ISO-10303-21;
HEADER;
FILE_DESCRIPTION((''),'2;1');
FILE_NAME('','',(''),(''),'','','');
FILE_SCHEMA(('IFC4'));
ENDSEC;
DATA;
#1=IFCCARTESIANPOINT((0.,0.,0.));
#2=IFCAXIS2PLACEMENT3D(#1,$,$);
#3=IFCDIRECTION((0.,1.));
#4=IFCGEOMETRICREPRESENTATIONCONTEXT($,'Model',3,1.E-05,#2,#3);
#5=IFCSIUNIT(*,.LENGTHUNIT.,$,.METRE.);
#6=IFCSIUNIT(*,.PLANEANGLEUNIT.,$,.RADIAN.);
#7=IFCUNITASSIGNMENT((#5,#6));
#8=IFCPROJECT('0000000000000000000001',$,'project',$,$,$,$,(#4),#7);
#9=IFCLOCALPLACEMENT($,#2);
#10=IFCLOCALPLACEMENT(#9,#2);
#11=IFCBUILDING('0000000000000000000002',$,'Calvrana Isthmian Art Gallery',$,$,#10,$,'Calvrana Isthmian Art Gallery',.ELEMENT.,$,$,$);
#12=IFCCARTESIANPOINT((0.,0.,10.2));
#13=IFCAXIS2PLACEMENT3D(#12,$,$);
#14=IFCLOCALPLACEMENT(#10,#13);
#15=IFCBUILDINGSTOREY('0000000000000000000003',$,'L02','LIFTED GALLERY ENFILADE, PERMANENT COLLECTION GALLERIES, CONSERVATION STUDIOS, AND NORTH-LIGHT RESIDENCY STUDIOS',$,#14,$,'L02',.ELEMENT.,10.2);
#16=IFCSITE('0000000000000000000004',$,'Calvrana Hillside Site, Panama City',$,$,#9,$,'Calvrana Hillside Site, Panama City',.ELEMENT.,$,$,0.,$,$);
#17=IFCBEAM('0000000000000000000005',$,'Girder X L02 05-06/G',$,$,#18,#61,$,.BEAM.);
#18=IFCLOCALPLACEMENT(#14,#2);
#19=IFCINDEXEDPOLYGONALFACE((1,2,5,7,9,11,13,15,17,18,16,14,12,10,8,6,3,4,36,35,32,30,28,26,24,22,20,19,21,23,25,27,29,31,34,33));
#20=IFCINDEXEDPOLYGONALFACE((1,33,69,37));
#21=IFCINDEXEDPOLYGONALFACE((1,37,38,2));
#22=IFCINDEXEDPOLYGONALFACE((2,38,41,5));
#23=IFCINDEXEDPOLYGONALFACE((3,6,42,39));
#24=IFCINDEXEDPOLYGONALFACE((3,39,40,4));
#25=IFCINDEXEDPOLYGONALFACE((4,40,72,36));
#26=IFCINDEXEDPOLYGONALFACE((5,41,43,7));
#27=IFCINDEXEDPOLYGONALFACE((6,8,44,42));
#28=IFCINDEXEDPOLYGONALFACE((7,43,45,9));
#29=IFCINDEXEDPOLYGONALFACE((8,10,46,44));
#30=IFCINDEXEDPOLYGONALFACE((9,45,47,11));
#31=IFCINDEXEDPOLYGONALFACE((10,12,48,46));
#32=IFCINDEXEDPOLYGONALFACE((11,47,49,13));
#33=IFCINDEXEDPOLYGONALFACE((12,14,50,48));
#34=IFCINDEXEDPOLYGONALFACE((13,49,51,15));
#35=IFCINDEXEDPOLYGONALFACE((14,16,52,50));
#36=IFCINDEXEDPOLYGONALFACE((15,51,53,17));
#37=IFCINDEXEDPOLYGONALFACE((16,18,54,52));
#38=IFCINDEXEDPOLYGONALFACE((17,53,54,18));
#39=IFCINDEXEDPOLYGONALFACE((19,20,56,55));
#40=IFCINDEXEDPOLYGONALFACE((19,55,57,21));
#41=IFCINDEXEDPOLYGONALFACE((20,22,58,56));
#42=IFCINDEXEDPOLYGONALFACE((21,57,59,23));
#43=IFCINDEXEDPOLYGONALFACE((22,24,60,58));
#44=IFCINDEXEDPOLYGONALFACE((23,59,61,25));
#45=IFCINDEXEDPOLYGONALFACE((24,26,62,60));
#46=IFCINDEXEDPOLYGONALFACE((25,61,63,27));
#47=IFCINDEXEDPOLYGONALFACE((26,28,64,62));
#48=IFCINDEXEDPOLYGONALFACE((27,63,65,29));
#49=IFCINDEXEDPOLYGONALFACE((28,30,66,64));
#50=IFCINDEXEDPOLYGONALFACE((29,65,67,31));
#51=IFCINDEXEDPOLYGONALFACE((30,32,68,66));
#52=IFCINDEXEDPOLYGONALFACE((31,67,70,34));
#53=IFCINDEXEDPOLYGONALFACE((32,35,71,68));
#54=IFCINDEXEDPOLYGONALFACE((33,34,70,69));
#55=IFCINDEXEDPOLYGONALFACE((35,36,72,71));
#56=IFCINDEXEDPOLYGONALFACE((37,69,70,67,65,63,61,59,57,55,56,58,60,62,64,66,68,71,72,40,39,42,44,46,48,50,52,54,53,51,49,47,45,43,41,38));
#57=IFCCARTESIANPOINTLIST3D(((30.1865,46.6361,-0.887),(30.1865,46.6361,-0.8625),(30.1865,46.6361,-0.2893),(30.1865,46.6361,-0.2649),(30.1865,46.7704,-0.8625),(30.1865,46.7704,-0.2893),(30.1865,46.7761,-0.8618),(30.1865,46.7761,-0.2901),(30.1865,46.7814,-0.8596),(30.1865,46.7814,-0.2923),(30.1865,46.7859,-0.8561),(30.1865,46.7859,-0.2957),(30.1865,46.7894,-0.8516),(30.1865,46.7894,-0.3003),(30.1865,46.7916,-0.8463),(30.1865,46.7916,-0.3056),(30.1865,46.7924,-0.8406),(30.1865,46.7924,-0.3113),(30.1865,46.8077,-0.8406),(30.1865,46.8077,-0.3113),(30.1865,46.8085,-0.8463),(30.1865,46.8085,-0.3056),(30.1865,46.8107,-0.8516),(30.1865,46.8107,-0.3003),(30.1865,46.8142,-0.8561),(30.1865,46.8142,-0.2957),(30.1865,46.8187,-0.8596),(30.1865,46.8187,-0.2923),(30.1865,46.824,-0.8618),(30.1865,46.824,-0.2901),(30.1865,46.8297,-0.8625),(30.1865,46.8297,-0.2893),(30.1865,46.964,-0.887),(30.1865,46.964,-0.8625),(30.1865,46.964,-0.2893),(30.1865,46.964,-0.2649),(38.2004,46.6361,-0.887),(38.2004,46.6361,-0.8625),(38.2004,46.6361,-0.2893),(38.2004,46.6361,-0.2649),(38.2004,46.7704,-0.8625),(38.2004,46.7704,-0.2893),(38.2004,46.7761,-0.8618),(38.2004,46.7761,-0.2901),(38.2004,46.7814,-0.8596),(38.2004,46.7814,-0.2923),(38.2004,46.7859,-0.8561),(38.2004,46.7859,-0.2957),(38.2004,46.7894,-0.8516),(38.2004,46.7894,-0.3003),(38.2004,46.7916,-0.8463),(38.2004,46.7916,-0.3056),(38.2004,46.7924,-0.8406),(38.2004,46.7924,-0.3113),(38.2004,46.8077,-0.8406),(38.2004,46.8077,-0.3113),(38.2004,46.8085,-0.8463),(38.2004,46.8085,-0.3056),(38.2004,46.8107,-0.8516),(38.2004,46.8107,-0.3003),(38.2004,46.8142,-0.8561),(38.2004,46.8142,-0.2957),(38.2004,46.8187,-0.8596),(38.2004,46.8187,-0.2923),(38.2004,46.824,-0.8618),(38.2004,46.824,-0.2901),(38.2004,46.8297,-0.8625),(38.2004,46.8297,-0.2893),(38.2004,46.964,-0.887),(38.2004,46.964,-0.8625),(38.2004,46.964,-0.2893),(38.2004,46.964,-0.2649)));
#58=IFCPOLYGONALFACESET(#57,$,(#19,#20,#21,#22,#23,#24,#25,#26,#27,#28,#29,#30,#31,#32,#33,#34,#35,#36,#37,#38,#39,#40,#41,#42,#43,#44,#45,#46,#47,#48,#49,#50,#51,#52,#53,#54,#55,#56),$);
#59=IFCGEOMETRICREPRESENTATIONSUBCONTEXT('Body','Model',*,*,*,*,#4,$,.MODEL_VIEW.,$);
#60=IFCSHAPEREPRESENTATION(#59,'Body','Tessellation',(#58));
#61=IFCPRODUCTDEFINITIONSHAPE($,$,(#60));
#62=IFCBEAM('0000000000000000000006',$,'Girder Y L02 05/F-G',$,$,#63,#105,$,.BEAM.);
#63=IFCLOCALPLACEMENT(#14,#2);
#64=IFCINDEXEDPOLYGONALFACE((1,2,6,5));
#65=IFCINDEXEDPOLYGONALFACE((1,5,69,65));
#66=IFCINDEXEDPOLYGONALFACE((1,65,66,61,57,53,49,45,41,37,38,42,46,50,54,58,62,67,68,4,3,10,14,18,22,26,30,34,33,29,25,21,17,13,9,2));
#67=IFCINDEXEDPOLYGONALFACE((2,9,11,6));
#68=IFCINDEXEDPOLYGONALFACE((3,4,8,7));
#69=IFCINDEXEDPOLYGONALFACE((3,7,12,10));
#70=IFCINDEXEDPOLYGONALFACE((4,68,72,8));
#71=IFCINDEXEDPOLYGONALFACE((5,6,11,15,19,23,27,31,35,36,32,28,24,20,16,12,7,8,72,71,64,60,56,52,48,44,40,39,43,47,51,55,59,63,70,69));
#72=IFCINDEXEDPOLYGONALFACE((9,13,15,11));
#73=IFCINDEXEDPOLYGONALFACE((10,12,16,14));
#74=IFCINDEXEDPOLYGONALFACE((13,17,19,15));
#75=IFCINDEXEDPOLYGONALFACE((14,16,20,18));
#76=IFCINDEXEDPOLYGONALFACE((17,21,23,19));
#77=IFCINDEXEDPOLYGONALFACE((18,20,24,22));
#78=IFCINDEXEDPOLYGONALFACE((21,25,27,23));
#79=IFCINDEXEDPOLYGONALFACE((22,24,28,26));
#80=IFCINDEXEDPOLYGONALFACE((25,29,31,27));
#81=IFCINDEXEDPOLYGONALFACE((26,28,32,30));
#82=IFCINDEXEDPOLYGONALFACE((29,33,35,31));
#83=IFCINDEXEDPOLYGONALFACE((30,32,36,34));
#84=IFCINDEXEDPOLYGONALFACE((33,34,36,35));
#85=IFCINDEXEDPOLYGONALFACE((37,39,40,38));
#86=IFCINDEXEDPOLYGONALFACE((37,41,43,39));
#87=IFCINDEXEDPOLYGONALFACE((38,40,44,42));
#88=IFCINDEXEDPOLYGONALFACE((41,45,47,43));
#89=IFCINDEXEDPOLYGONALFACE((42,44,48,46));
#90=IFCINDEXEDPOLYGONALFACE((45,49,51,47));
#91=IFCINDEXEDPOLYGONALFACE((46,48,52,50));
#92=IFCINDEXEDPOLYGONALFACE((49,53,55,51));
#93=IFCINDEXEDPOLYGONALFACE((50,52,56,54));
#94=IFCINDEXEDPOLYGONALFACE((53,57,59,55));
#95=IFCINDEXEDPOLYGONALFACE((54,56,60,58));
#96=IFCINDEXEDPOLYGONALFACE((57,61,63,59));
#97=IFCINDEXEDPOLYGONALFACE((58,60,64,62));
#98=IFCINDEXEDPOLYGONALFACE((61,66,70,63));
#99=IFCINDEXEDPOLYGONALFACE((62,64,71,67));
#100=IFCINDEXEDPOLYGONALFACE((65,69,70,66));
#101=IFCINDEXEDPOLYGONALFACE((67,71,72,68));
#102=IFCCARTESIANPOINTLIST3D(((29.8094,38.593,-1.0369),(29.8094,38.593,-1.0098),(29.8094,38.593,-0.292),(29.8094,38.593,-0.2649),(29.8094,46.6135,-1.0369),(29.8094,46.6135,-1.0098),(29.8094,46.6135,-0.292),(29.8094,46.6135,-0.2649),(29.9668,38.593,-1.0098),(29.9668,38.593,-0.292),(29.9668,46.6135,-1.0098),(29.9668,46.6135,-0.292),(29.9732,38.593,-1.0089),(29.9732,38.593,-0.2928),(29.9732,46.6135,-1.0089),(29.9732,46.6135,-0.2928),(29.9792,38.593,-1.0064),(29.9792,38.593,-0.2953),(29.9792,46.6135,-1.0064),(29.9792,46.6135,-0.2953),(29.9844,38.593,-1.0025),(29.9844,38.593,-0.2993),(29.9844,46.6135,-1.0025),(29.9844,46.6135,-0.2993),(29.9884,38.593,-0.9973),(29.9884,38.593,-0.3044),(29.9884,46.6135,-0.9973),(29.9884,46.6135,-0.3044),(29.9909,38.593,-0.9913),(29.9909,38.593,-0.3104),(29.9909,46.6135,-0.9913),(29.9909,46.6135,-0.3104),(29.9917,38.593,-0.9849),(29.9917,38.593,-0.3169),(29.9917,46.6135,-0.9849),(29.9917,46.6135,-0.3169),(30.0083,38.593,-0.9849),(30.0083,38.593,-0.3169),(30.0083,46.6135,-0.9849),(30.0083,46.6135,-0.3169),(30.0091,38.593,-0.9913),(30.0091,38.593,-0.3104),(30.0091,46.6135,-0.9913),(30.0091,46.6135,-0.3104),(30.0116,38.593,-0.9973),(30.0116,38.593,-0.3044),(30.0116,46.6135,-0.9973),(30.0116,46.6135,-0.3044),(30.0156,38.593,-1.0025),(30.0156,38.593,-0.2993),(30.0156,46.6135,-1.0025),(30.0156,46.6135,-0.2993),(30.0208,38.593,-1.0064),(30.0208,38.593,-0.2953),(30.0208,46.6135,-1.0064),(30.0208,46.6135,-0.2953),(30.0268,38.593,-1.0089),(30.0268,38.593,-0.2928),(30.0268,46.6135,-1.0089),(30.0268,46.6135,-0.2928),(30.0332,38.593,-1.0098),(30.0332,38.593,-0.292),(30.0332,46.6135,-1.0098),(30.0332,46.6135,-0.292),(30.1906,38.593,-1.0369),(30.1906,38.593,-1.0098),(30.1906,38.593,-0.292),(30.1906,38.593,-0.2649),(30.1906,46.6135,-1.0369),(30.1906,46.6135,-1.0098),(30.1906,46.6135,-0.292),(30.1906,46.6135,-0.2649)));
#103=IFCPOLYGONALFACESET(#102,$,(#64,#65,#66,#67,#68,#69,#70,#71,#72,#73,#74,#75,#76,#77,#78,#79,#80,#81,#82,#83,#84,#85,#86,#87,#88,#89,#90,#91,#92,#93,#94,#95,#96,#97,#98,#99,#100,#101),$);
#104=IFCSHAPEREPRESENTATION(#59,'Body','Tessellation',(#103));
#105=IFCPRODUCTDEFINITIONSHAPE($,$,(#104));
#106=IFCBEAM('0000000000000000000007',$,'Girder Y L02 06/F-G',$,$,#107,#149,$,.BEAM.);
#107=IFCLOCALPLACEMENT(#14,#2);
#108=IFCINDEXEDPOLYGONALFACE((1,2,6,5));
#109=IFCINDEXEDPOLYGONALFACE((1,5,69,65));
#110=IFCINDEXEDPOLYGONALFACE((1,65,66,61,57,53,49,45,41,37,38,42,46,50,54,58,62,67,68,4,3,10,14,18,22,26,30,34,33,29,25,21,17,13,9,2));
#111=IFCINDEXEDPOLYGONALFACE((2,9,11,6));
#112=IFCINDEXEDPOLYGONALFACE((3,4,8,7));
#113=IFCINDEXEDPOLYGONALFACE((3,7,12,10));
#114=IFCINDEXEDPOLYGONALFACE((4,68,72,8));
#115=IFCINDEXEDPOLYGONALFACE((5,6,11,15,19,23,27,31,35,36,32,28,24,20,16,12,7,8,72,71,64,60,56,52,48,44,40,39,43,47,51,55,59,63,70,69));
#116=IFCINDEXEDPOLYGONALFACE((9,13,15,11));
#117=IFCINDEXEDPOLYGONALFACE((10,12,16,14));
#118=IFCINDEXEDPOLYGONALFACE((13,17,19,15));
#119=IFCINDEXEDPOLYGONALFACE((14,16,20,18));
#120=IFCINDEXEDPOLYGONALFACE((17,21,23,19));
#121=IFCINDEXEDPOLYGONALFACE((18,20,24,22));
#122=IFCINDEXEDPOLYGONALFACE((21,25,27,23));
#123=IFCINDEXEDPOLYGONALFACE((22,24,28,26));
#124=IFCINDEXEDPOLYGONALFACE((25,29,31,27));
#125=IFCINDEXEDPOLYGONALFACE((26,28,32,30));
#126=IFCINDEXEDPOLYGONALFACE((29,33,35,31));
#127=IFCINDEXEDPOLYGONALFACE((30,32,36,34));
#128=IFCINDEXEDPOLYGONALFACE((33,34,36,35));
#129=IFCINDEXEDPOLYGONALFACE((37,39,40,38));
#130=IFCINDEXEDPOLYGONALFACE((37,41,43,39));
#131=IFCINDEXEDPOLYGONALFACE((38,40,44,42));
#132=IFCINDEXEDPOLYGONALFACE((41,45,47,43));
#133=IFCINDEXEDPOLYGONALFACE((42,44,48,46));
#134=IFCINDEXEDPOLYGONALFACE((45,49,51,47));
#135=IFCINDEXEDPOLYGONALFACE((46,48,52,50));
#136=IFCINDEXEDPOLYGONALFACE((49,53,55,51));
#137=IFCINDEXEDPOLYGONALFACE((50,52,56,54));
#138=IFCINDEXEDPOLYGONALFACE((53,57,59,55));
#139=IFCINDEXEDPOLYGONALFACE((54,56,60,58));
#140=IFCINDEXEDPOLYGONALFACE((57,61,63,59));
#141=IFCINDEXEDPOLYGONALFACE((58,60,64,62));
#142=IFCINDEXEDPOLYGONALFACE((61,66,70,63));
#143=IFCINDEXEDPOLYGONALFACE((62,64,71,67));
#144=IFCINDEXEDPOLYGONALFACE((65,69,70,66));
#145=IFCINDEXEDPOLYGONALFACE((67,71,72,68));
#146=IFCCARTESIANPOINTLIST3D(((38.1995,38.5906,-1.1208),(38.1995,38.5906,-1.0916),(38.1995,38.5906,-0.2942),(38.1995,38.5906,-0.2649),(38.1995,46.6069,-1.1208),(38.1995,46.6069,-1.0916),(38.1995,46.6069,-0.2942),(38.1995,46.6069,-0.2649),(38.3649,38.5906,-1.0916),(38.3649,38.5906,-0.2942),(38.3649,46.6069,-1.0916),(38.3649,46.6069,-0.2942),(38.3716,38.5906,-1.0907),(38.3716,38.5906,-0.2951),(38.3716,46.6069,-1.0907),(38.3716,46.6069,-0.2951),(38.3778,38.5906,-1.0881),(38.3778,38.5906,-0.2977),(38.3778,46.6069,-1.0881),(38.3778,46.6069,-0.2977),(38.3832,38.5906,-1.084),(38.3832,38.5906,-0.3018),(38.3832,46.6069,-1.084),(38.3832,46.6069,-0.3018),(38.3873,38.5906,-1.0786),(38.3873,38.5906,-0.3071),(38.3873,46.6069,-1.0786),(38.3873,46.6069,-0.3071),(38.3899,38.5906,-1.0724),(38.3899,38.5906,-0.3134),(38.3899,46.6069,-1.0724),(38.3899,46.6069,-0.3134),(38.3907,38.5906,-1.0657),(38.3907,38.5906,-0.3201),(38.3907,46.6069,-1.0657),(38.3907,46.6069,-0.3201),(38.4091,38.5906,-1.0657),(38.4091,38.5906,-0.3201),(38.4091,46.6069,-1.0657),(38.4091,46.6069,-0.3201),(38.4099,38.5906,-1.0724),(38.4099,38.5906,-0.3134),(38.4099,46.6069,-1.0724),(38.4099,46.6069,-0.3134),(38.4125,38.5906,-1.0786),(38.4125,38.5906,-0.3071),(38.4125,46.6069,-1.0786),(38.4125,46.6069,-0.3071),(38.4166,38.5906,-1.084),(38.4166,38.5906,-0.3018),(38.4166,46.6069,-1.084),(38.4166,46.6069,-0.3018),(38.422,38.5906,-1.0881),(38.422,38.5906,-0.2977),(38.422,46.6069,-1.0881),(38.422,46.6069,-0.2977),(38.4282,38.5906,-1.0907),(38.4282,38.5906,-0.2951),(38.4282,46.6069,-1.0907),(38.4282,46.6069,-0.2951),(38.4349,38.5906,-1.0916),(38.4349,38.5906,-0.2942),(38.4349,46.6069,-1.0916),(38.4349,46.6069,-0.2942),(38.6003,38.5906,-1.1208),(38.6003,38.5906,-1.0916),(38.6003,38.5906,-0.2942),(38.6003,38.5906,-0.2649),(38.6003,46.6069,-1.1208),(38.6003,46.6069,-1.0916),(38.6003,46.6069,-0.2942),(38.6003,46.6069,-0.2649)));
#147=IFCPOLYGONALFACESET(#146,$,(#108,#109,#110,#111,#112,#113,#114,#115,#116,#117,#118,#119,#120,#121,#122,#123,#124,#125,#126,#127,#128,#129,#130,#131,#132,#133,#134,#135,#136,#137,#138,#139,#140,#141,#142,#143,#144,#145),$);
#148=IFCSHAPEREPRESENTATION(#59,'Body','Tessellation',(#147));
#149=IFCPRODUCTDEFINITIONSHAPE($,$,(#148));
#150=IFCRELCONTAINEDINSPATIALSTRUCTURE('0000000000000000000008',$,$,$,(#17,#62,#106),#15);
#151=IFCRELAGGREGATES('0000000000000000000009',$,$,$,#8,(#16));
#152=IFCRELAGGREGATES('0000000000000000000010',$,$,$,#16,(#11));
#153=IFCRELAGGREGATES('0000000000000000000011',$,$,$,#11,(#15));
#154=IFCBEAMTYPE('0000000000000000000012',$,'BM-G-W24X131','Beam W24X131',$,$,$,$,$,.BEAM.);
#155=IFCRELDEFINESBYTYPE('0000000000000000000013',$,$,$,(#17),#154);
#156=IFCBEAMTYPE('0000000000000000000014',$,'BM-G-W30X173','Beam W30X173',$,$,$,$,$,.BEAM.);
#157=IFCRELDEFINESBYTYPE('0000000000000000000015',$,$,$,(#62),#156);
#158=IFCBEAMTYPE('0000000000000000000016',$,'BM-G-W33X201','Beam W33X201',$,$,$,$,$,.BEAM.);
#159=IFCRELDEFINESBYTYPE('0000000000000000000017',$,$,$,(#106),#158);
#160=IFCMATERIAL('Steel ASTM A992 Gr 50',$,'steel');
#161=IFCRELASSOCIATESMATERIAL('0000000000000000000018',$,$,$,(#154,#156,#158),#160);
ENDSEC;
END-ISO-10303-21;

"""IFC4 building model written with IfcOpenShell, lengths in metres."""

from ifc_helpers import new_model, si_unit, direction, frame, origin, origin_2d, place, context, subcontext, project, spatial, i_section, extrude, material, material_profile, profile_set, type_object, element, save


model = new_model("IFC4")

# Units and contexts
model_context = context("Model", 3, precision=1e-05, world=origin(), true_north=direction((0.0, 1.0)))
body_context = subcontext(model_context, "Body", "Model", "MODEL_VIEW")
ifc_project = project(units=[si_unit("LENGTHUNIT", "METRE"), si_unit("PLANEANGLEUNIT", "RADIAN")], contexts=[model_context])

# Site, building, storey
site_placement = place(None, origin())
site = spatial("IfcSite", under=ifc_project, at=site_placement, Name="Calvrana Hillside Site, Panama City", LongName="Calvrana Hillside Site, Panama City", CompositionType="ELEMENT", RefElevation=0.0)
building_placement = place(site_placement, origin())
building = spatial("IfcBuilding", under=site, at=building_placement, Name="Calvrana Isthmian Art Gallery", LongName="Calvrana Isthmian Art Gallery", CompositionType="ELEMENT")
storey_placement = place(building_placement, frame((0.0, 0.0, 10.2)))
storey = spatial("IfcBuildingStorey", under=building, at=storey_placement, Name="L02", Description="LIFTED GALLERY ENFILADE, PERMANENT COLLECTION GALLERIES, CONSERVATION STUDIOS, AND NORTH-LIGHT RESIDENCY STUDIOS", LongName="L02", CompositionType="ELEMENT", Elevation=10.2)

# Shared definitions
ifc_material_1 = material(Name="Steel ASTM A992 Gr 50", Category="steel")

# Beams
ifc_material_profile_1 = material_profile(ifc_material_1, i_section(OverallWidth=0.3279, OverallDepth=0.6221, WebThickness=0.0154, FlangeThickness=0.0244, FilletRadius=0.022, at=origin_2d()), Name="W24X131")
ifc_profile_set_1 = profile_set([ifc_material_profile_1], Name="Steel ASTM A992 Gr 50")
beam_type_1 = type_object("IfcBeamType", Name="BM-G-W24X131", Description="Beam W24X131", PredefinedType="BEAM", material=ifc_profile_set_1)
beam_1_placement = place(storey_placement, frame((30.1865, 46.8, -0.5759), z_axis=(1.0, 0.0, 0.0), x_axis=(0.0, 1.0, 0.0)))
element("IfcBeam", 1, at=beam_1_placement, inside=storey, type_object=beam_type_1, Name="Girder X L02 05-06/G", PredefinedType="BEAM", context=body_context, shape_type="SweptSolid", body=[
    extrude(i_section(OverallWidth=0.3279, OverallDepth=0.6221, WebThickness=0.0154, FlangeThickness=0.0244, FilletRadius=0.022, at=origin_2d()), origin(), (0.0, 0.0, 1.0), 8.0139),
])
ifc_material_profile_2 = material_profile(ifc_material_1, i_section(OverallWidth=0.3811, OverallDepth=0.772, WebThickness=0.0166, FlangeThickness=0.0271, FilletRadius=0.0249, at=origin_2d()), Name="W30X173")
ifc_profile_set_2 = profile_set([ifc_material_profile_2], Name="Steel ASTM A992 Gr 50")
beam_type_2 = type_object("IfcBeamType", Name="BM-G-W30X173", Description="Beam W30X173", PredefinedType="BEAM", material=ifc_profile_set_2)
beam_2_placement = place(storey_placement, frame((30.0, 38.593, -0.6509), z_axis=(0.0, 1.0, 0.0), x_axis=(-1.0, 0.0, 0.0)))
element("IfcBeam", 2, at=beam_2_placement, inside=storey, type_object=beam_type_2, Name="Girder Y L02 05/F-G", PredefinedType="BEAM", context=body_context, shape_type="SweptSolid", body=[
    extrude(i_section(OverallWidth=0.3811, OverallDepth=0.772, WebThickness=0.0166, FlangeThickness=0.0271, FilletRadius=0.0249, at=origin_2d()), origin(), (0.0, 0.0, 1.0), 8.0205),
])
ifc_material_profile_3 = material_profile(ifc_material_1, i_section(OverallWidth=0.4009, OverallDepth=0.856, WebThickness=0.0183, FlangeThickness=0.0293, FilletRadius=0.0259, at=origin_2d()), Name="W33X201")
ifc_profile_set_3 = profile_set([ifc_material_profile_3], Name="Steel ASTM A992 Gr 50")
beam_type_3 = type_object("IfcBeamType", Name="BM-G-W33X201", Description="Beam W33X201", PredefinedType="BEAM", material=ifc_profile_set_3)
beam_3_placement = place(storey_placement, frame((38.3999, 38.5906, -0.6929), z_axis=(0.0, 1.0, 0.0), x_axis=(-1.0, 0.0, 0.0)))
element("IfcBeam", 3, at=beam_3_placement, inside=storey, type_object=beam_type_3, Name="Girder Y L02 06/F-G", PredefinedType="BEAM", context=body_context, shape_type="SweptSolid", body=[
    extrude(i_section(OverallWidth=0.4009, OverallDepth=0.856, WebThickness=0.0183, FlangeThickness=0.0293, FilletRadius=0.0259, at=origin_2d()), origin(), (0.0, 0.0, 1.0), 8.0164),
])

save(model, "model.ifc")
